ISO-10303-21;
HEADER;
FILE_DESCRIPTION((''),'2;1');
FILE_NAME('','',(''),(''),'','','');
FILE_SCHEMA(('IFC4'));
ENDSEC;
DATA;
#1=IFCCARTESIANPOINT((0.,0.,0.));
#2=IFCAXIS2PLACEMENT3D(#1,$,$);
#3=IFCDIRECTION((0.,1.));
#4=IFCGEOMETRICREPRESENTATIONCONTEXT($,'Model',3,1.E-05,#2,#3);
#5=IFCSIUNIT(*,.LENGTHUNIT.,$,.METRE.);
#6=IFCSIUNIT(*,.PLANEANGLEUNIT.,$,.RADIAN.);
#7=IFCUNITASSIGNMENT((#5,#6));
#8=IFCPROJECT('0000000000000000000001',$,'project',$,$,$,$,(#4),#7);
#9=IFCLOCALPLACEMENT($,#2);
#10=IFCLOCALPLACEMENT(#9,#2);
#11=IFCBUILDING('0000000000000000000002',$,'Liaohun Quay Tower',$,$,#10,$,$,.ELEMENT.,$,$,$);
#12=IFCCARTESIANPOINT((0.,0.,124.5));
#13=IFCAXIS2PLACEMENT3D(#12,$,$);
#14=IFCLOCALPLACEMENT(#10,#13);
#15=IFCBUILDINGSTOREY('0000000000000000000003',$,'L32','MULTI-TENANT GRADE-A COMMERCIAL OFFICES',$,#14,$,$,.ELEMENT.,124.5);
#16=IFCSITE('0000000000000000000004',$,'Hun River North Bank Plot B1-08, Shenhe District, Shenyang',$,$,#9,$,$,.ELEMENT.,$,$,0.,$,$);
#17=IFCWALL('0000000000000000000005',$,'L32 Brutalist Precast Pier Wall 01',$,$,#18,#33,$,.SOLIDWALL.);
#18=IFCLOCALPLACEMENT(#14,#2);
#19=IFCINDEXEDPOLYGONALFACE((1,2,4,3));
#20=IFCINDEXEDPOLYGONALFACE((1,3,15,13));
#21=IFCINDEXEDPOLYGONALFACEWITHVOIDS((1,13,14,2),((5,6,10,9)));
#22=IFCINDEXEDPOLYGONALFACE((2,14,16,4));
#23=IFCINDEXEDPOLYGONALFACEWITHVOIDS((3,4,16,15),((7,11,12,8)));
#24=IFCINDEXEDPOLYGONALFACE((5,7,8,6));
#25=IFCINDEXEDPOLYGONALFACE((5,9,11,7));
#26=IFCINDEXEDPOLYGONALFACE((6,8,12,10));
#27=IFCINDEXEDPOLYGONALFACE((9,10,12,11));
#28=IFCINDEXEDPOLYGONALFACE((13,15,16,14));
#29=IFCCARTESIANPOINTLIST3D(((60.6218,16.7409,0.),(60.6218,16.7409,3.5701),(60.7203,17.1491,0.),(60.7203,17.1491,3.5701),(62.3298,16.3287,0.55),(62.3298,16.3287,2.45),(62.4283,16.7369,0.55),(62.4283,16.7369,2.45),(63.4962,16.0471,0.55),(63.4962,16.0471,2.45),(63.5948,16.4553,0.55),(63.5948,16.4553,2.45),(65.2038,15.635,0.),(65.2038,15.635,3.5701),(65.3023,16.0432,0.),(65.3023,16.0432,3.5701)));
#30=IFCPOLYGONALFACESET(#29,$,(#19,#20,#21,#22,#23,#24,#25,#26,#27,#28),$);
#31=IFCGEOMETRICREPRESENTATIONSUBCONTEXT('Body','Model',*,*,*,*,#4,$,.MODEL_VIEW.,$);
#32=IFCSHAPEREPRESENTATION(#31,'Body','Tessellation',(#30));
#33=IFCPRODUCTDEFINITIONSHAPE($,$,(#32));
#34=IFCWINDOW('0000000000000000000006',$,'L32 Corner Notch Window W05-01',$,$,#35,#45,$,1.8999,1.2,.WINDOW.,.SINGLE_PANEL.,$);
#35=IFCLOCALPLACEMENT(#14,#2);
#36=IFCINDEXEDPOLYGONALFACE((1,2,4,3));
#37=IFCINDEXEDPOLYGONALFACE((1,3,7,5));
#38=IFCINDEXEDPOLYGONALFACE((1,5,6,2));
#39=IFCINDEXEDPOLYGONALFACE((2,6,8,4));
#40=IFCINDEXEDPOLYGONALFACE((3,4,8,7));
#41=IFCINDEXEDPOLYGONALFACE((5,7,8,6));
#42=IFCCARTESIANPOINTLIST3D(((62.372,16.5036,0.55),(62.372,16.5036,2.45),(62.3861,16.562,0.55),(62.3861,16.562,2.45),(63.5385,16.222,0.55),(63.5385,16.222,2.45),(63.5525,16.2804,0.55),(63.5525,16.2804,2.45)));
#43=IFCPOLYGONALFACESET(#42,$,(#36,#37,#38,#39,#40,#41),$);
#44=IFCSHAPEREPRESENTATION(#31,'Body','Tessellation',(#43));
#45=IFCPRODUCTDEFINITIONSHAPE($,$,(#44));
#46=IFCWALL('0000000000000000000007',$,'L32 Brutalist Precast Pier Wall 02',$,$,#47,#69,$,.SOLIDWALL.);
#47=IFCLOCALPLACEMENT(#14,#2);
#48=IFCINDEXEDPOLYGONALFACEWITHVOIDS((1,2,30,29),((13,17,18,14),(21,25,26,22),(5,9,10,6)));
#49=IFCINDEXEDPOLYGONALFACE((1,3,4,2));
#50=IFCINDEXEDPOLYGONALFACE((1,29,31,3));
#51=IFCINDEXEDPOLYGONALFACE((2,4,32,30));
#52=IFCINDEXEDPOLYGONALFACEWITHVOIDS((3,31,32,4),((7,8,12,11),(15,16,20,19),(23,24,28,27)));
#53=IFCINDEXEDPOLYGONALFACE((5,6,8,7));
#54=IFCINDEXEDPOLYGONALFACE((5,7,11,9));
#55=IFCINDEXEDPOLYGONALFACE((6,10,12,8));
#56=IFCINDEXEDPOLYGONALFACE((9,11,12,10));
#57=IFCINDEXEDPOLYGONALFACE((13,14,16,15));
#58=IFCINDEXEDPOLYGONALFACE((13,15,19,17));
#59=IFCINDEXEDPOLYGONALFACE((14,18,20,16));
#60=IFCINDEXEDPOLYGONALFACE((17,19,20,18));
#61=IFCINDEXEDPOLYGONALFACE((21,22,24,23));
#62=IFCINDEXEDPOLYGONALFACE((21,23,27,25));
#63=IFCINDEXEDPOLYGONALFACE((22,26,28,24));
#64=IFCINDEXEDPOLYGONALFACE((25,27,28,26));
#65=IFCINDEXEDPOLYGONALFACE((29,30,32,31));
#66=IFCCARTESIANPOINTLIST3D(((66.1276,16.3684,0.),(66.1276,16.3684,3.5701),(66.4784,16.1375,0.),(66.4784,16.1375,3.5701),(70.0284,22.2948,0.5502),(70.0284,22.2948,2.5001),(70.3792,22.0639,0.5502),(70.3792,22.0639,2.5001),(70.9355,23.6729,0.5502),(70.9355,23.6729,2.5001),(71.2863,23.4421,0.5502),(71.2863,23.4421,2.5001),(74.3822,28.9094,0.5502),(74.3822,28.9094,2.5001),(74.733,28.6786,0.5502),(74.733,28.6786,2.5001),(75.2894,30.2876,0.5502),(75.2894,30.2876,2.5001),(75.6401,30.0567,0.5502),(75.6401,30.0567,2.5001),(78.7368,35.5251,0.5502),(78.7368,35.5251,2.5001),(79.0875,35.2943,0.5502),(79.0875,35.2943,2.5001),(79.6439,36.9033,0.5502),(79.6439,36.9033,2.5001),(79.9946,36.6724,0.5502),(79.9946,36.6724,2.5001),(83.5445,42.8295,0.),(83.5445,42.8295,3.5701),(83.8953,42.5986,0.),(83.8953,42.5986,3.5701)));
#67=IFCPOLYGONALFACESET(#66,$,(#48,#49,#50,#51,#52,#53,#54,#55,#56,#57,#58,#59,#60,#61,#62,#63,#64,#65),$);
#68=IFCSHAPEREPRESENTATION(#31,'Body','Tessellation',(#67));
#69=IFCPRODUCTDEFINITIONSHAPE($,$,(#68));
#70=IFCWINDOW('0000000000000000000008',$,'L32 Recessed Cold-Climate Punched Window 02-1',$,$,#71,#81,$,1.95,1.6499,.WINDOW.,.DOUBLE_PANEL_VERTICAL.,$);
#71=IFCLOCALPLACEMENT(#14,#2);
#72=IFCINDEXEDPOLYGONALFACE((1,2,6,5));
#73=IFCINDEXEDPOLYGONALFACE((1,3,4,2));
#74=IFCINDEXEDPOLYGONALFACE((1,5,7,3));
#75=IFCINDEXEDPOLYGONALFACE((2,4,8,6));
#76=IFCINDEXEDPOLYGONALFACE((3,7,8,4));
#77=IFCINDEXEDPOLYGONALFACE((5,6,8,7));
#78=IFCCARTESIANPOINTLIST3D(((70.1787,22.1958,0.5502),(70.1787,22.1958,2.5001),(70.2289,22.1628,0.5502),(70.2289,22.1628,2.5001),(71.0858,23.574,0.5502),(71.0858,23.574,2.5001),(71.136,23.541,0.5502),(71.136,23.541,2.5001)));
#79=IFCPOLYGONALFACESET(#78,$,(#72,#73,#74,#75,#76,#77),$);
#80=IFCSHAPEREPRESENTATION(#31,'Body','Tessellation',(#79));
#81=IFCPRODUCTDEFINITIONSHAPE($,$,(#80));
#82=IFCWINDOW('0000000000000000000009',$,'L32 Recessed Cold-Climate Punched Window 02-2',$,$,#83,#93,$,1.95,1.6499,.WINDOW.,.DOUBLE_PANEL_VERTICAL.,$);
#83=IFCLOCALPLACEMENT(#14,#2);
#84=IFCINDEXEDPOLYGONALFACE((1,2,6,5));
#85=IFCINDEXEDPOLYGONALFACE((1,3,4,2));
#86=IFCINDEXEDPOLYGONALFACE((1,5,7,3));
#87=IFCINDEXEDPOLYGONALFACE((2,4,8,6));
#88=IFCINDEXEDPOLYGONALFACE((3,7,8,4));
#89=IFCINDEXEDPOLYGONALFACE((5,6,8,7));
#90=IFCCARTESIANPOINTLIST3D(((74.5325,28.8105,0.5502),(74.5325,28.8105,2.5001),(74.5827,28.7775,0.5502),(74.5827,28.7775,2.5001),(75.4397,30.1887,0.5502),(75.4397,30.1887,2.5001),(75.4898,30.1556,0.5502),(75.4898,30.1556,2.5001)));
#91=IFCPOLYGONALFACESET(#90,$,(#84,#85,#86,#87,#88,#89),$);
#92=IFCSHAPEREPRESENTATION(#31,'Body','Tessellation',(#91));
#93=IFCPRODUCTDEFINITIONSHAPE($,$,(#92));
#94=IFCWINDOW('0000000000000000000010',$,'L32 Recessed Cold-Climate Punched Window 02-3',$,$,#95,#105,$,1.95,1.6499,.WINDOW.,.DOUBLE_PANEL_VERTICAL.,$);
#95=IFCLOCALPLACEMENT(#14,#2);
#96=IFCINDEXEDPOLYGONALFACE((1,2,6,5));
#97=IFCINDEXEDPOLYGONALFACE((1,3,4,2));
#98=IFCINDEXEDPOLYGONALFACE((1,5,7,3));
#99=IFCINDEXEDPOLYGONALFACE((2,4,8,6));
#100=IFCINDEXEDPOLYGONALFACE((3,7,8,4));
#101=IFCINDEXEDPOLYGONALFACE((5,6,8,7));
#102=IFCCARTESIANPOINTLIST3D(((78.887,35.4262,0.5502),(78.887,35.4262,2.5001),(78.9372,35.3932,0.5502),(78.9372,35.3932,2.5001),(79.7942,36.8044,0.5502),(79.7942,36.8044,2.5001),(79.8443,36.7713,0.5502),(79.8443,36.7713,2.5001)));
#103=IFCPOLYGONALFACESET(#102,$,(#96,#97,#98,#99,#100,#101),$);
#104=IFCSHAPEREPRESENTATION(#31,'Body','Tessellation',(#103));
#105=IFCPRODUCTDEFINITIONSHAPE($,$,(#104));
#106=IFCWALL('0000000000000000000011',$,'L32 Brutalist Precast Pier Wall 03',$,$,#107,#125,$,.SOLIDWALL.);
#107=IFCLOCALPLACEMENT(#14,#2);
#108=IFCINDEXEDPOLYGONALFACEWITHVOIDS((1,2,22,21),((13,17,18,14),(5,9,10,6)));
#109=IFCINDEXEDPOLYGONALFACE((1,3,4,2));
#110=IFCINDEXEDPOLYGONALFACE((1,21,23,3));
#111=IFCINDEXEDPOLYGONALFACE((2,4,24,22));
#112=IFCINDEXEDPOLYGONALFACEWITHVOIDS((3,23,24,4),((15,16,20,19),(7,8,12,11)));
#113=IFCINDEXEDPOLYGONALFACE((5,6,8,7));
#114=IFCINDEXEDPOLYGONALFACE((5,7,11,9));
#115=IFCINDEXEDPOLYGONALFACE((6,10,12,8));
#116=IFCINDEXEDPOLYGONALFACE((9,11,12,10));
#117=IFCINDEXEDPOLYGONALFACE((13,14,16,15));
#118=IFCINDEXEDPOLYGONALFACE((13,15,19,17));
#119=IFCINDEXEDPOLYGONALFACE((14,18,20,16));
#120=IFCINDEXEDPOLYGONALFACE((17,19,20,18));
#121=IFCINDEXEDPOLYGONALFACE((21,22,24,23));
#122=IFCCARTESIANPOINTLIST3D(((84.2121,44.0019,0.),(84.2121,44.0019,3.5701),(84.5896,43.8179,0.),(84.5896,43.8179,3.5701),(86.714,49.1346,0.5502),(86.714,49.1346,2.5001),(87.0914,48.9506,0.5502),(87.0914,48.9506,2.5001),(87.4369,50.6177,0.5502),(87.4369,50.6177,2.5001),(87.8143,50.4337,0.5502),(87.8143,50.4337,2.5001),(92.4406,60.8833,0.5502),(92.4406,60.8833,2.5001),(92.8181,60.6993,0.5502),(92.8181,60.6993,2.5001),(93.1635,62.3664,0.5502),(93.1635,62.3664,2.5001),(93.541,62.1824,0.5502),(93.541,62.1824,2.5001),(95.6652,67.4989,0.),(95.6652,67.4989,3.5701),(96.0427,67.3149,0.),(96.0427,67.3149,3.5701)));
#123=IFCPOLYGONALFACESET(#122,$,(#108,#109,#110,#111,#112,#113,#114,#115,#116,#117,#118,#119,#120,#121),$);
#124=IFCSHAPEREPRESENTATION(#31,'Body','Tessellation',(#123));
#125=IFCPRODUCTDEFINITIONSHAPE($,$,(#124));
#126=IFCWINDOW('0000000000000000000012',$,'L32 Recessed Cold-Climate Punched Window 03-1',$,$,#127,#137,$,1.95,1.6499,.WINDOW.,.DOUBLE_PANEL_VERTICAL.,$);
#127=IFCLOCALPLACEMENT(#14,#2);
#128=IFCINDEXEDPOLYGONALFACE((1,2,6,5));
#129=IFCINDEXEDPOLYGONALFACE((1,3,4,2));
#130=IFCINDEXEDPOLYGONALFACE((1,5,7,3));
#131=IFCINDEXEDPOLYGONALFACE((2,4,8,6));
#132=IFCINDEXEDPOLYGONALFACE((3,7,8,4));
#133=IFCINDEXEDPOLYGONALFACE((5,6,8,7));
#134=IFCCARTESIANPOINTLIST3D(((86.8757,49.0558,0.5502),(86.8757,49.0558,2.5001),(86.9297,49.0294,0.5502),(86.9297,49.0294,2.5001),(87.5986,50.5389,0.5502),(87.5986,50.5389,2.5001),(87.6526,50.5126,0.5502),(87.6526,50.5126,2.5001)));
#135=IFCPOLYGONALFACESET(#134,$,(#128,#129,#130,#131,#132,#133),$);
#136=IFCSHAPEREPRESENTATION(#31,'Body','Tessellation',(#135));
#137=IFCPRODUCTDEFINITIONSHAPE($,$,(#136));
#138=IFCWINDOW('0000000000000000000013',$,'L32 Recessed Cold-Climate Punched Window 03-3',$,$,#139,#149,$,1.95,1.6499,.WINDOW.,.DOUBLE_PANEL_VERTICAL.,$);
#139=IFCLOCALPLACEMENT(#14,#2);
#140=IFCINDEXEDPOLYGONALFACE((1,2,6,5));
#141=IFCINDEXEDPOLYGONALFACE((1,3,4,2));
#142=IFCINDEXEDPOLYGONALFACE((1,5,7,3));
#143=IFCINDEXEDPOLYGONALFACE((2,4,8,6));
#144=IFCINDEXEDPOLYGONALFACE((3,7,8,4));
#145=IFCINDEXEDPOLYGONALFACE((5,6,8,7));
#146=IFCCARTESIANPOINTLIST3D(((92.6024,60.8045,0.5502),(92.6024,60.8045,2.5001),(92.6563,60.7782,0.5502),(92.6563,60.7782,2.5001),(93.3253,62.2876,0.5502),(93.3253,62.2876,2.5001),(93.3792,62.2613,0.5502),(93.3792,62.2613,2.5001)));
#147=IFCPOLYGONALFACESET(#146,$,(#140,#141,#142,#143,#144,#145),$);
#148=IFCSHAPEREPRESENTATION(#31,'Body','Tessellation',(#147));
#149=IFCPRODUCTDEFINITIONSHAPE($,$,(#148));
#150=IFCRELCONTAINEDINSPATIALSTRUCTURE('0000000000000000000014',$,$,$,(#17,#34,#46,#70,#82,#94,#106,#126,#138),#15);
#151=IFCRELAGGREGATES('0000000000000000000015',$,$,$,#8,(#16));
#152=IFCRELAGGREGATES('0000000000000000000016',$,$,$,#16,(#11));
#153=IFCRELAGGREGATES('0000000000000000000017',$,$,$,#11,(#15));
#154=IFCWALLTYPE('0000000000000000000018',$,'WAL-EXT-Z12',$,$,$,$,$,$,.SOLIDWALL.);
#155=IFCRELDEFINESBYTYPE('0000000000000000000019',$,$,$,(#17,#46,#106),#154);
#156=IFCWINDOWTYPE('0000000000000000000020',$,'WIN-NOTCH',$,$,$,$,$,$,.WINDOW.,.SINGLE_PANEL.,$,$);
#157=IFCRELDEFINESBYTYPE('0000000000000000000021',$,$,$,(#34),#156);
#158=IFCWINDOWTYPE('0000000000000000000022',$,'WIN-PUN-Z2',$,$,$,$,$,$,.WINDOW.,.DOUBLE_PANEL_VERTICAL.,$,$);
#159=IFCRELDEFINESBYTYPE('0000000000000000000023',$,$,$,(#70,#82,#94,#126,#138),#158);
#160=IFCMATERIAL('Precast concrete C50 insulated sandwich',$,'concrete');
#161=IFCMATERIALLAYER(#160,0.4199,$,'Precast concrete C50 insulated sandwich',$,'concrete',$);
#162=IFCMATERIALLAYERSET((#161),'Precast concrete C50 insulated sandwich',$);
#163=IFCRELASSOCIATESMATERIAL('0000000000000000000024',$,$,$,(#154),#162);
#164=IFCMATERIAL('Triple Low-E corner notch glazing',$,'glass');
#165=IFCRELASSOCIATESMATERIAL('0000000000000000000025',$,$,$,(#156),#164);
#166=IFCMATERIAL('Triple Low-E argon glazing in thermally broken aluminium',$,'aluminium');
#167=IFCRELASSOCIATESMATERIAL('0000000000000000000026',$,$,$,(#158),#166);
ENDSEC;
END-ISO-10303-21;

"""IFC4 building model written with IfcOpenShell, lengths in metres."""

from ifc_helpers import new_model, si_unit, direction, frame, frame_2d, origin, place, context, subcontext, project, spatial, rectangle, extrude, source, transform, mapped, material, layer, layer_set, type_object, element, fill, save


model = new_model("IFC4")

# Units and contexts
model_context = context("Model", 3, precision=1e-05, world=origin(), true_north=direction((0.0, 1.0)))
body_context = subcontext(model_context, "Body", "Model", "MODEL_VIEW")
ifc_project = project(units=[si_unit("LENGTHUNIT", "METRE"), si_unit("PLANEANGLEUNIT", "RADIAN")], contexts=[model_context])

# Site, building, storey
site_placement = place(None, origin())
site = spatial("IfcSite", under=ifc_project, at=site_placement, Name="Hun River North Bank Plot B1-08, Shenhe District, Shenyang", CompositionType="ELEMENT", RefElevation=0.0)
building_placement = place(site_placement, origin())
building = spatial("IfcBuilding", under=site, at=building_placement, Name="Liaohun Quay Tower", CompositionType="ELEMENT")
storey_placement = place(building_placement, frame((0.0, 0.0, 124.5)))
storey = spatial("IfcBuildingStorey", under=building, at=storey_placement, Name="L32", Description="MULTI-TENANT GRADE-A COMMERCIAL OFFICES", CompositionType="ELEMENT", Elevation=124.5)

# Wall, opening, window
ifc_material_1 = material(Name="Precast concrete C50 insulated sandwich", Category="concrete")
ifc_layer_1 = layer(ifc_material_1, 0.4199, Name="Precast concrete C50 insulated sandwich", Category="concrete")
ifc_layer_set_1 = layer_set([ifc_layer_1], Name="Precast concrete C50 insulated sandwich")
wall_type_1 = type_object("IfcWallType", Name="WAL-EXT-Z12", PredefinedType="SOLIDWALL", material=ifc_layer_set_1)
wall_1_placement = place(storey_placement, frame((60.6709, 16.9451, 0.0), z_axis=(0.0, 0.0, 1.0), x_axis=(0.972085, -0.23463, 0.0)))
wall_1 = element("IfcWall", 1, at=wall_1_placement, inside=storey, type_object=wall_type_1, Name="L32 Brutalist Precast Pier Wall 01", PredefinedType="SOLIDWALL", context=body_context, shape_type="SweptSolid", body=[
    extrude(rectangle(XDim=4.7136, YDim=0.4199, at=frame_2d((2.3569, 0.0))), origin(), (0.0, 0.0, 1.0), 3.5701),
])
shared_shape_1 = source(origin(), body_context, "Body", "SweptSolid", [
    extrude(rectangle(XDim=1.2, YDim=1.8999, at=frame_2d((0.6001, 0.95))), frame((0.0, 0.22, 0.0), z_axis=(0.0, -1.0, 0.0), x_axis=(1.0, 0.0, 0.0)), (0.0, 0.0, 1.0), 0.4399),
])
opening_1_placement = place(wall_1_placement, frame((1.7571, 0.0, 0.55)))
opening_1 = element("IfcOpeningElement", 2, at=opening_1_placement, cuts=wall_1, PredefinedType="OPENING", context=body_context, shape_type="MappedRepresentation", body=[
    mapped(shared_shape_1, transform((0.0, 0.0, 0.0), x_axis=(1.0, 0.0, 0.0), y_axis=(0.0, 1.0, 0.0), z_axis=(0.0, 0.0, 1.0), scale=1.0)),
])
ifc_material_2 = material(Name="Triple Low-E corner notch glazing", Category="glass")
window_type_1 = type_object("IfcWindowType", Name="WIN-NOTCH", PartitioningType="SINGLE_PANEL", PredefinedType="WINDOW", material=ifc_material_2)
shared_shape_2 = source(origin(), body_context, "Body", "SweptSolid", [
    extrude(rectangle(XDim=1.2, YDim=1.8999, at=frame_2d((0.6001, 0.95))), frame((0.0, 0.03, 0.0), z_axis=(0.0, -1.0, 0.0), x_axis=(1.0, 0.0, 0.0)), (0.0, 0.0, 1.0), 0.0601),
])
window_1_placement = place(opening_1_placement, origin())
window_1 = element("IfcWindow", 3, at=window_1_placement, inside=storey, type_object=window_type_1, Name="L32 Corner Notch Window W05-01", OverallHeight=1.8999, OverallWidth=1.2, PartitioningType="SINGLE_PANEL", PredefinedType="WINDOW", context=body_context, shape_type="MappedRepresentation", body=[
    mapped(shared_shape_2, transform((0.0, 0.0, 0.0), x_axis=(1.0, 0.0, 0.0), y_axis=(0.0, 1.0, 0.0), z_axis=(0.0, 0.0, 1.0), scale=1.0)),
])
fill(opening_1, window_1)

# Walls, openings, windows
wall_2_placement = place(storey_placement, frame((66.303, 16.2529, 0.0), z_axis=(0.0, 0.0, 1.0), x_axis=(0.5498, 0.835296, 0.0)))
wall_2 = element("IfcWall", 4, at=wall_2_placement, inside=storey, type_object=wall_type_1, Name="L32 Brutalist Precast Pier Wall 02", PredefinedType="SOLIDWALL", context=body_context, shape_type="SweptSolid", body=[
    extrude(rectangle(XDim=31.6787, YDim=0.4199, at=frame_2d((15.8394, 0.0))), origin(), (0.0, 0.0, 1.0), 3.5701),
])
shared_shape_3 = source(origin(), body_context, "Body", "SweptSolid", [
    extrude(rectangle(XDim=1.6499, YDim=1.95, at=frame_2d((0.825, 0.9751))), frame((0.0, 0.22, 0.0), z_axis=(0.0, -1.0, 0.0), x_axis=(1.0, 0.0, 0.0)), (0.0, 0.0, 1.0), 0.4399),
])
opening_2_placement = place(wall_2_placement, frame((7.095, 0.0, 0.55)))
opening_2 = element("IfcOpeningElement", 5, at=opening_2_placement, cuts=wall_2, PredefinedType="OPENING", context=body_context, shape_type="MappedRepresentation", body=[
    mapped(shared_shape_3, transform((0.0, 0.0, 0.0), x_axis=(1.0, 0.0, 0.0), y_axis=(0.0, 1.0, 0.0), z_axis=(0.0, 0.0, 1.0), scale=1.0)),
])
opening_3_placement = place(wall_2_placement, frame((15.0139, 0.0, 0.55)))
opening_3 = element("IfcOpeningElement", 6, at=opening_3_placement, cuts=wall_2, PredefinedType="OPENING", context=body_context, shape_type="MappedRepresentation", body=[
    mapped(shared_shape_3, transform((0.0, 0.0, 0.0), x_axis=(1.0, 0.0, 0.0), y_axis=(0.0, 1.0, 0.0), z_axis=(0.0, 0.0, 1.0), scale=1.0)),
])
opening_4_placement = place(wall_2_placement, frame((22.9341, 0.0, 0.55)))
opening_4 = element("IfcOpeningElement", 7, at=opening_4_placement, cuts=wall_2, PredefinedType="OPENING", context=body_context, shape_type="MappedRepresentation", body=[
    mapped(shared_shape_3, transform((0.0, 0.0, 0.0), x_axis=(1.0, 0.0, 0.0), y_axis=(0.0, 1.0, 0.0), z_axis=(0.0, 0.0, 1.0), scale=1.0)),
])
ifc_material_3 = material(Name="Triple Low-E argon glazing in thermally broken aluminium", Category="aluminium")
window_type_2 = type_object("IfcWindowType", Name="WIN-PUN-Z2", PartitioningType="DOUBLE_PANEL_VERTICAL", PredefinedType="WINDOW", material=ifc_material_3)
shared_shape_4 = source(origin(), body_context, "Body", "SweptSolid", [
    extrude(rectangle(XDim=1.6499, YDim=1.95, at=frame_2d((0.825, 0.9751))), frame((0.0, 0.03, 0.0), z_axis=(0.0, -1.0, 0.0), x_axis=(1.0, 0.0, 0.0)), (0.0, 0.0, 1.0), 0.0601),
])
window_2_placement = place(opening_2_placement, origin())
window_2 = element("IfcWindow", 8, at=window_2_placement, inside=storey, type_object=window_type_2, Name="L32 Recessed Cold-Climate Punched Window 02-1", OverallHeight=1.95, OverallWidth=1.6499, PartitioningType="DOUBLE_PANEL_VERTICAL", PredefinedType="WINDOW", context=body_context, shape_type="MappedRepresentation", body=[
    mapped(shared_shape_4, transform((0.0, 0.0, 0.0), x_axis=(1.0, 0.0, 0.0), y_axis=(0.0, 1.0, 0.0), z_axis=(0.0, 0.0, 1.0), scale=1.0)),
])
fill(opening_2, window_2)
window_3_placement = place(opening_3_placement, origin())
window_3 = element("IfcWindow", 9, at=window_3_placement, inside=storey, type_object=window_type_2, Name="L32 Recessed Cold-Climate Punched Window 02-2", OverallHeight=1.95, OverallWidth=1.6499, PartitioningType="DOUBLE_PANEL_VERTICAL", PredefinedType="WINDOW", context=body_context, shape_type="MappedRepresentation", body=[
    mapped(shared_shape_4, transform((0.0, 0.0, 0.0), x_axis=(1.0, 0.0, 0.0), y_axis=(0.0, 1.0, 0.0), z_axis=(0.0, 0.0, 1.0), scale=1.0)),
])
fill(opening_3, window_3)
window_4_placement = place(opening_4_placement, origin())
window_4 = element("IfcWindow", 10, at=window_4_placement, inside=storey, type_object=window_type_2, Name="L32 Recessed Cold-Climate Punched Window 02-3", OverallHeight=1.95, OverallWidth=1.6499, PartitioningType="DOUBLE_PANEL_VERTICAL", PredefinedType="WINDOW", context=body_context, shape_type="MappedRepresentation", body=[
    mapped(shared_shape_4, transform((0.0, 0.0, 0.0), x_axis=(1.0, 0.0, 0.0), y_axis=(0.0, 1.0, 0.0), z_axis=(0.0, 0.0, 1.0), scale=1.0)),
])
fill(opening_4, window_4)
wall_3_placement = place(storey_placement, frame((84.4009, 43.9099, 0.0), z_axis=(0.0, 0.0, 1.0), x_axis=(0.43815, 0.898902, 0.0)))
wall_3 = element("IfcWall", 11, at=wall_3_placement, inside=storey, type_object=wall_type_1, Name="L32 Brutalist Precast Pier Wall 03", PredefinedType="SOLIDWALL", context=body_context, shape_type="SweptSolid", body=[
    extrude(rectangle(XDim=26.1396, YDim=0.4199, at=frame_2d((13.0698, 0.0))), origin(), (0.0, 0.0, 1.0), 3.5701),
])
opening_5_placement = place(wall_3_placement, frame((5.71, 0.0, 0.55)))
opening_5 = element("IfcOpeningElement", 12, at=opening_5_placement, cuts=wall_3, PredefinedType="OPENING", context=body_context, shape_type="MappedRepresentation", body=[
    mapped(shared_shape_3, transform((0.0, 0.0, 0.0), x_axis=(1.0, 0.0, 0.0), y_axis=(0.0, 1.0, 0.0), z_axis=(0.0, 0.0, 1.0), scale=1.0)),
])
opening_6_placement = place(wall_3_placement, frame((18.78, 0.0, 0.55)))
opening_6 = element("IfcOpeningElement", 13, at=opening_6_placement, cuts=wall_3, PredefinedType="OPENING", context=body_context, shape_type="MappedRepresentation", body=[
    mapped(shared_shape_3, transform((0.0, 0.0, 0.0), x_axis=(1.0, 0.0, 0.0), y_axis=(0.0, 1.0, 0.0), z_axis=(0.0, 0.0, 1.0), scale=1.0)),
])
window_5_placement = place(opening_5_placement, origin())
window_5 = element("IfcWindow", 14, at=window_5_placement, inside=storey, type_object=window_type_2, Name="L32 Recessed Cold-Climate Punched Window 03-1", OverallHeight=1.95, OverallWidth=1.6499, PartitioningType="DOUBLE_PANEL_VERTICAL", PredefinedType="WINDOW", context=body_context, shape_type="MappedRepresentation", body=[
    mapped(shared_shape_4, transform((0.0, 0.0, 0.0), x_axis=(1.0, 0.0, 0.0), y_axis=(0.0, 1.0, 0.0), z_axis=(0.0, 0.0, 1.0), scale=1.0)),
])
fill(opening_5, window_5)
window_6_placement = place(opening_6_placement, origin())
window_6 = element("IfcWindow", 15, at=window_6_placement, inside=storey, type_object=window_type_2, Name="L32 Recessed Cold-Climate Punched Window 03-3", OverallHeight=1.95, OverallWidth=1.6499, PartitioningType="DOUBLE_PANEL_VERTICAL", PredefinedType="WINDOW", context=body_context, shape_type="MappedRepresentation", body=[
    mapped(shared_shape_4, transform((0.0, 0.0, 0.0), x_axis=(1.0, 0.0, 0.0), y_axis=(0.0, 1.0, 0.0), z_axis=(0.0, 0.0, 1.0), scale=1.0)),
])
fill(opening_6, window_6)

save(model, "model.ifc")
